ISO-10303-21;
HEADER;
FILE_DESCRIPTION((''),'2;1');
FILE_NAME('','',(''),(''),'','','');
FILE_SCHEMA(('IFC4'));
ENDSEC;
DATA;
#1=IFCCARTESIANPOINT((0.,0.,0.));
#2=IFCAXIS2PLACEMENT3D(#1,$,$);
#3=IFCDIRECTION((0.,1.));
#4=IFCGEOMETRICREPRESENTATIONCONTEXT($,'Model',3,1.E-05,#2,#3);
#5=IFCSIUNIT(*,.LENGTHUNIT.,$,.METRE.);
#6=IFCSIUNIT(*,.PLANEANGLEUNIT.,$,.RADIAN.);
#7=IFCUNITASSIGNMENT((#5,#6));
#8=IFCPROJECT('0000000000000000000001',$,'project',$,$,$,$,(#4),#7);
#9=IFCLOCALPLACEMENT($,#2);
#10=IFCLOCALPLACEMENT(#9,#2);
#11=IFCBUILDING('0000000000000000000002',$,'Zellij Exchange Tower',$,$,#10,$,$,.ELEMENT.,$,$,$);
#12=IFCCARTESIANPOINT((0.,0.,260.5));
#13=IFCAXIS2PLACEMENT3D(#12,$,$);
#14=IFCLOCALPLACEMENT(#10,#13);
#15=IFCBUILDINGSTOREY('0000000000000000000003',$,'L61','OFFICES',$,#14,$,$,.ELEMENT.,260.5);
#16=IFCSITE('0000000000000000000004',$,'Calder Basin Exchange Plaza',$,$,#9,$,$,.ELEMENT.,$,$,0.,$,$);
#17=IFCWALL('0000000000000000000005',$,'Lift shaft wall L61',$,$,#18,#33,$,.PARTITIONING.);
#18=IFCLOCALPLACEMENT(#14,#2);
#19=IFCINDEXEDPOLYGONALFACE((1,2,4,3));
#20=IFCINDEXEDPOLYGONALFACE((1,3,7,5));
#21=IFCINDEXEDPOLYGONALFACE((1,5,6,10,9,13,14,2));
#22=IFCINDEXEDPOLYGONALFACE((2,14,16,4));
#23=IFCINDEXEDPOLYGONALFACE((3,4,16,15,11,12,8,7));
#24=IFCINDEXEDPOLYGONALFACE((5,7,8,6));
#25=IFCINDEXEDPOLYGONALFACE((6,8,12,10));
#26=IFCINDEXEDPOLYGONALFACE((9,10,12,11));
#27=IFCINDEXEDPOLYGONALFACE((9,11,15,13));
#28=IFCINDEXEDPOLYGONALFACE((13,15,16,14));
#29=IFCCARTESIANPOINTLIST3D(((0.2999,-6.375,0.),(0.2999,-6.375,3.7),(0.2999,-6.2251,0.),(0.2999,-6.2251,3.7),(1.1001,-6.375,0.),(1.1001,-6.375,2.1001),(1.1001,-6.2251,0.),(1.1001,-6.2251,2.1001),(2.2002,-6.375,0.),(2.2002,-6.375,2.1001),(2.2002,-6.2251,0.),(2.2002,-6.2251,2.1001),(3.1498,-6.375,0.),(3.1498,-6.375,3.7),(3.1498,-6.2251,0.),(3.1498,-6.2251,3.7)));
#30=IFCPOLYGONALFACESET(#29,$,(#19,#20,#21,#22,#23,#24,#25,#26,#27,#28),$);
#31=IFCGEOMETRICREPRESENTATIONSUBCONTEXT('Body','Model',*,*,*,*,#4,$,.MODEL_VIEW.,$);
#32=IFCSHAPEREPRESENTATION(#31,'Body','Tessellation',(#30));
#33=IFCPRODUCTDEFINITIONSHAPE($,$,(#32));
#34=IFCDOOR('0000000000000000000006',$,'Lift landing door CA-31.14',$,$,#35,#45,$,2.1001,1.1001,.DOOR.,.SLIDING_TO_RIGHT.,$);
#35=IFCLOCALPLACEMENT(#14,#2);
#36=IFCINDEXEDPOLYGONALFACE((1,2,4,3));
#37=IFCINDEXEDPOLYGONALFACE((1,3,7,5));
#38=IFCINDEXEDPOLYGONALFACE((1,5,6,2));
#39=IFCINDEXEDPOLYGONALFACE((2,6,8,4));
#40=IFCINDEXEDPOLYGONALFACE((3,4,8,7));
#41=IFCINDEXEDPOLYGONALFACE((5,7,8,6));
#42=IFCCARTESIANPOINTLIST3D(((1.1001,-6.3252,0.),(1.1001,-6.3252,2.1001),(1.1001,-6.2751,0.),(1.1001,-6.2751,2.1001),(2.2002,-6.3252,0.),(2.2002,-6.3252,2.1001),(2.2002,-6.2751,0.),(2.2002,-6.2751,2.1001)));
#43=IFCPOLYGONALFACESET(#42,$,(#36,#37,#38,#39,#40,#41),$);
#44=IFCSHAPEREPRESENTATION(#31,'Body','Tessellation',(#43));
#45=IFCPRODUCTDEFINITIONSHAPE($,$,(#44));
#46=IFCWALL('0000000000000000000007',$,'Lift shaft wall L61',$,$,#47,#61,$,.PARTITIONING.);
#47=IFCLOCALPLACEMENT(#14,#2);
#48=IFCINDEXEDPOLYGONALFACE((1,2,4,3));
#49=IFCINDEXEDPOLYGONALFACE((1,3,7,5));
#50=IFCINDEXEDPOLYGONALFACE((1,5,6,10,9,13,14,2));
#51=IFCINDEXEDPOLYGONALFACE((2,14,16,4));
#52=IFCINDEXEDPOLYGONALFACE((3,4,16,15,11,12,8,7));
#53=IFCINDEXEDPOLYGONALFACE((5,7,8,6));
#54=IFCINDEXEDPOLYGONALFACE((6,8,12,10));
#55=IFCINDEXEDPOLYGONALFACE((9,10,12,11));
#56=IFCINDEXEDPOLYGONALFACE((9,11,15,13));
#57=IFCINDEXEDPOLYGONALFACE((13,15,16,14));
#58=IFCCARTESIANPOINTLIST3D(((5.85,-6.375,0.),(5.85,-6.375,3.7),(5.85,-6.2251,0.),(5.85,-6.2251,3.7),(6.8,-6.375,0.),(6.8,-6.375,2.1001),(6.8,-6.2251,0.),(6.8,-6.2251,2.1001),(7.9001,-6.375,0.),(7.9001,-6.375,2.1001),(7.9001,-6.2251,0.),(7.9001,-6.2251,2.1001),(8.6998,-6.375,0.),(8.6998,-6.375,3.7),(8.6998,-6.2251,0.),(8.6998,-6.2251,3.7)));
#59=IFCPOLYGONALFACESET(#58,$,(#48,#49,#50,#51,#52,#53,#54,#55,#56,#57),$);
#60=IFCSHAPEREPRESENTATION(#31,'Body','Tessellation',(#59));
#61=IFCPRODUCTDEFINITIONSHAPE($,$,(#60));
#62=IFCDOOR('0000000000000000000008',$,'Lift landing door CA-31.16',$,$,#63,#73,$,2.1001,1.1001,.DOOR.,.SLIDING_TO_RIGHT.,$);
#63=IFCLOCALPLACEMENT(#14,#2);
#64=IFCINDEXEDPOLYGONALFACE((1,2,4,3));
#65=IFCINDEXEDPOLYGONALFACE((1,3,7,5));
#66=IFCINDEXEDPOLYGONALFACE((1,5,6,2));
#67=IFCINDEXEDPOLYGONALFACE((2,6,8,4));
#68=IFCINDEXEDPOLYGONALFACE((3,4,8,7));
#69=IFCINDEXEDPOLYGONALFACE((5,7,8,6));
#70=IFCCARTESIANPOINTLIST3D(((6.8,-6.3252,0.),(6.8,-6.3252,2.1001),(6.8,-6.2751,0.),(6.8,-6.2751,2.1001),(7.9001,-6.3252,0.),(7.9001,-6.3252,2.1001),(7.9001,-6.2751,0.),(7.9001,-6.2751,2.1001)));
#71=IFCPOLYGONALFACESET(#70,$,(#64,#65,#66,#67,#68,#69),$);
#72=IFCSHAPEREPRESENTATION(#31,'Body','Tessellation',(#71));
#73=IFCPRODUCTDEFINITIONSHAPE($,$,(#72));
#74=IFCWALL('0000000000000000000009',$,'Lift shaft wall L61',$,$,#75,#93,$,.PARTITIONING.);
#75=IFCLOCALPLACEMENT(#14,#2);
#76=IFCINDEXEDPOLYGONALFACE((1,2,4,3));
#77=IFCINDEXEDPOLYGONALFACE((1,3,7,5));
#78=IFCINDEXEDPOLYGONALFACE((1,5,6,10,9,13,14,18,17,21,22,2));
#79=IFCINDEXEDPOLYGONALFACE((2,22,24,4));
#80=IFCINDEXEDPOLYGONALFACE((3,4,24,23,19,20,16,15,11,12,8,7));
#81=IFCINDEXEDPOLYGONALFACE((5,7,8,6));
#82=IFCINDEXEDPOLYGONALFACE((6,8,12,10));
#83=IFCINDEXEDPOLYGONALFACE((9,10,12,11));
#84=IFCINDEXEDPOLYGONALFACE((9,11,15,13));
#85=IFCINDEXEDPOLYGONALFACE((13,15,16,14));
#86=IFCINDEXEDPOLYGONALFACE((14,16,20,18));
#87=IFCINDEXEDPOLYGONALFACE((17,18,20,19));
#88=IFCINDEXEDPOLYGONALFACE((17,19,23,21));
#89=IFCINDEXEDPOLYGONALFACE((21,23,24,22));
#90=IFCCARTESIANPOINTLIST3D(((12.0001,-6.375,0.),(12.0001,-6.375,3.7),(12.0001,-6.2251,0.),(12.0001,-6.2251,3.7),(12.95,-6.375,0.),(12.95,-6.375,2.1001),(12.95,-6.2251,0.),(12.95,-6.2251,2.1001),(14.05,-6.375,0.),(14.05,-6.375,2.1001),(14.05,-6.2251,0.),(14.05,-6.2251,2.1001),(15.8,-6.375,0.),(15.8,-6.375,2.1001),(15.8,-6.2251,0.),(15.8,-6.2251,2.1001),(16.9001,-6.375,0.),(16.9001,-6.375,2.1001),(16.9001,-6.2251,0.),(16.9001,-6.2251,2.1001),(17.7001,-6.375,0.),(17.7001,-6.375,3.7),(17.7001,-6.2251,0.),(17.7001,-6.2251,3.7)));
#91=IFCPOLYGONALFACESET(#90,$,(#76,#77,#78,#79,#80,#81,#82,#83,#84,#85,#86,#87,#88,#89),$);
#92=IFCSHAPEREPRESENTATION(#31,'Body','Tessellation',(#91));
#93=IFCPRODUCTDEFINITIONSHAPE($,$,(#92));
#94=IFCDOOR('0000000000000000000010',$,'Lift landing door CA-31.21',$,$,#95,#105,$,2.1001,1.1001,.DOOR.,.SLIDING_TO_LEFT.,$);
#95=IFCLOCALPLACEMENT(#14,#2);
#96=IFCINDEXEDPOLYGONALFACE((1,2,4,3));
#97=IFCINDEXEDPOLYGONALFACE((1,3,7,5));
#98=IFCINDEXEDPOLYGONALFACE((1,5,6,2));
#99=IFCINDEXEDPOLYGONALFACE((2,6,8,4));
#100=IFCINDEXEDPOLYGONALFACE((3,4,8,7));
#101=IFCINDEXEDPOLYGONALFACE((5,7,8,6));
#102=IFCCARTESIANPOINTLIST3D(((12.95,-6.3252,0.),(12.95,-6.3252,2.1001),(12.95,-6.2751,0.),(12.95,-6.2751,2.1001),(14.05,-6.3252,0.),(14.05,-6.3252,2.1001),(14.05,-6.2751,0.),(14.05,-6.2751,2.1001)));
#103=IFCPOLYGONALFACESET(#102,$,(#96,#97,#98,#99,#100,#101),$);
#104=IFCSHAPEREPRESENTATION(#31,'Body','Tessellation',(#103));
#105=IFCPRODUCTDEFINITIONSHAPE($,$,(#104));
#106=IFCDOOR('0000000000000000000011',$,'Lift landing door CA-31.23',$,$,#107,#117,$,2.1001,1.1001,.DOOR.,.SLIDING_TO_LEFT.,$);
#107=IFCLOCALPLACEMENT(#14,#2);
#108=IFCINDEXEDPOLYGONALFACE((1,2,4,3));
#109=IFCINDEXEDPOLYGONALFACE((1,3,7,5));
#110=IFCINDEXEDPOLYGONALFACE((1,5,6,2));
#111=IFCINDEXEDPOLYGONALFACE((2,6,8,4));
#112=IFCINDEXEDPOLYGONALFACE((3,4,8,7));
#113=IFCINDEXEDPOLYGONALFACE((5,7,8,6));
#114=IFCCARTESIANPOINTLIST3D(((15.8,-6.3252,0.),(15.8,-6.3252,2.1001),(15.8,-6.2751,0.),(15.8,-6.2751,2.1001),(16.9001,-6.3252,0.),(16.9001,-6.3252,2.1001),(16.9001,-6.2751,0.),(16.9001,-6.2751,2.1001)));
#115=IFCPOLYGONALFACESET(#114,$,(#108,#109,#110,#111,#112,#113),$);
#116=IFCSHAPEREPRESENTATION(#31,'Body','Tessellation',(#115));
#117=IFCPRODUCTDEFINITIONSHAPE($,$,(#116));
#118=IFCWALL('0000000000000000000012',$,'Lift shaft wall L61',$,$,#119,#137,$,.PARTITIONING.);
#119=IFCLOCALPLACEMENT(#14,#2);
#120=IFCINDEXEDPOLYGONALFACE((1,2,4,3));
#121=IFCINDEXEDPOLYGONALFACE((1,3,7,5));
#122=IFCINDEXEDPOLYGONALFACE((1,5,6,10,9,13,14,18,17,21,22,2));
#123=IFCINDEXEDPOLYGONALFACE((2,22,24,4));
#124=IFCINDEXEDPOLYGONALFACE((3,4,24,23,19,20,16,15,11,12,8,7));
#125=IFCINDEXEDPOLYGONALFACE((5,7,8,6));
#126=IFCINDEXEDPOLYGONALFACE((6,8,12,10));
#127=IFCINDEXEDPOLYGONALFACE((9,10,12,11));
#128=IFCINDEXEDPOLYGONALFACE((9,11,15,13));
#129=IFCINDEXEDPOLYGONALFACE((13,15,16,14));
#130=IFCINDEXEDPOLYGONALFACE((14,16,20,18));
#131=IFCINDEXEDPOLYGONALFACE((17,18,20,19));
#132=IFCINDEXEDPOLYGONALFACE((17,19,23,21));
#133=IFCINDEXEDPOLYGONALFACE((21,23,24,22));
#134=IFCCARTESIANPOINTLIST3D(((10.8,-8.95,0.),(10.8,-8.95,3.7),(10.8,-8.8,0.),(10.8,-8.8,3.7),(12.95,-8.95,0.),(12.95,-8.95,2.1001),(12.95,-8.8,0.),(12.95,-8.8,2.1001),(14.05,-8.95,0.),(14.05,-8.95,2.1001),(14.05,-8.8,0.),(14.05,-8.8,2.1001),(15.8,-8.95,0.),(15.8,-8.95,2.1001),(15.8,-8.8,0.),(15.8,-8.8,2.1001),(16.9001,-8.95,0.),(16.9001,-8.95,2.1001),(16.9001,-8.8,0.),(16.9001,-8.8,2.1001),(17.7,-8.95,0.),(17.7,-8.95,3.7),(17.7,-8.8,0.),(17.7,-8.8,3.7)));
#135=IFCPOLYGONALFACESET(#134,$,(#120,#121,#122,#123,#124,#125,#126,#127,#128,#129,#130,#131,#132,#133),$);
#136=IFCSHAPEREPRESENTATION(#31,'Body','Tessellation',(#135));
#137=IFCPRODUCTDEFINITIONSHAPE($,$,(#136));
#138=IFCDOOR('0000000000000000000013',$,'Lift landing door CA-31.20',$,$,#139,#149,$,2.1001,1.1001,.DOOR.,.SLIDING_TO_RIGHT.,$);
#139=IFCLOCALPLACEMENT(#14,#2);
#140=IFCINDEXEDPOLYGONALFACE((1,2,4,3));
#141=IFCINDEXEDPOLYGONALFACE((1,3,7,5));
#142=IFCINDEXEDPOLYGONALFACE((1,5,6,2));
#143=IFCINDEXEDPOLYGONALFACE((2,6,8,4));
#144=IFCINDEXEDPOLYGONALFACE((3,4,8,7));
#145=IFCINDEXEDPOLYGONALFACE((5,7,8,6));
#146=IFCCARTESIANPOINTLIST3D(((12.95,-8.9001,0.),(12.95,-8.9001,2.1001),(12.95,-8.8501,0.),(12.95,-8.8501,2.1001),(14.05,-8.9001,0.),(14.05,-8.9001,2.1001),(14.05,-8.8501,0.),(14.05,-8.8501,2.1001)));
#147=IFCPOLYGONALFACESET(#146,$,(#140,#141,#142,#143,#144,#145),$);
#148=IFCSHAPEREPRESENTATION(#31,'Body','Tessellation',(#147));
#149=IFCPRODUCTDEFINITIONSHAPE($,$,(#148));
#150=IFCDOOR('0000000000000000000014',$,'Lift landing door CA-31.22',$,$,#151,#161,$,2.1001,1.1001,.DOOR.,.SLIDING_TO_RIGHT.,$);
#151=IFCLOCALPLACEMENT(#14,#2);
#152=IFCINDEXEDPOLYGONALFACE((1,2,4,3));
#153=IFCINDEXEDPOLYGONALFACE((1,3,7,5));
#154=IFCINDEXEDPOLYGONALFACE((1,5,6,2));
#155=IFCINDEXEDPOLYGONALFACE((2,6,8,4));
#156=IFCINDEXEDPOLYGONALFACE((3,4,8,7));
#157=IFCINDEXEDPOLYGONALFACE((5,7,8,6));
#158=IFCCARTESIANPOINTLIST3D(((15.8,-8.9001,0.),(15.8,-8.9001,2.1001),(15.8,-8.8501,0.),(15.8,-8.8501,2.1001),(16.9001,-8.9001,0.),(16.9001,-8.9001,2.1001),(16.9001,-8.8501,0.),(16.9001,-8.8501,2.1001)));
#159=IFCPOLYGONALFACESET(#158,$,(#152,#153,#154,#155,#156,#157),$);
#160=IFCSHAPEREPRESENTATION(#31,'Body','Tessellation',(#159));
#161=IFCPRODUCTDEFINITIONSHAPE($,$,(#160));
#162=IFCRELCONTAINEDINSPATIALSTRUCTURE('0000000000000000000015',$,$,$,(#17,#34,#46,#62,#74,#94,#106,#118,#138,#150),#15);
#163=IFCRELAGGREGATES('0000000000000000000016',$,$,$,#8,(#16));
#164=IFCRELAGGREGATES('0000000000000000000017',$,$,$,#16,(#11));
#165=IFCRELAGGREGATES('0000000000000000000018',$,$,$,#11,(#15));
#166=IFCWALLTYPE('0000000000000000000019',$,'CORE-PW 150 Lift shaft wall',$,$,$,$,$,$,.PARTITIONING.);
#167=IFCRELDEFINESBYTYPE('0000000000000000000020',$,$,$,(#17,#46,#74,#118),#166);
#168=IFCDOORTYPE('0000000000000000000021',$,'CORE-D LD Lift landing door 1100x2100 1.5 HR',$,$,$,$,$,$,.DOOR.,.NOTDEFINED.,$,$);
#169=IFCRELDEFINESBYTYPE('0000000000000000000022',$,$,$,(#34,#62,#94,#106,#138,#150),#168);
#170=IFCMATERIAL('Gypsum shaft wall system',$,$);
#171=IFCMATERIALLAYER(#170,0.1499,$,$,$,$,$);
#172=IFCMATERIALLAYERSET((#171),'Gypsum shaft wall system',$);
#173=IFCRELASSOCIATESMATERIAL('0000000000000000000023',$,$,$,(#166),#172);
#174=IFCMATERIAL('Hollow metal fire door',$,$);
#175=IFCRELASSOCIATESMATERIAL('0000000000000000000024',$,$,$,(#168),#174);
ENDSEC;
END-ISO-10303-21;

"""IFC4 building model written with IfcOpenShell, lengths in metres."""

from ifc_helpers import new_model, si_unit, direction, frame, frame_2d, origin, place, context, subcontext, project, spatial, rectangle, extrude, material, layer, layer_set, type_object, element, fill, save


model = new_model("IFC4")

# Units and contexts
model_context = context("Model", 3, precision=1e-05, world=origin(), true_north=direction((0.0, 1.0)))
body_context = subcontext(model_context, "Body", "Model", "MODEL_VIEW")
ifc_project = project(units=[si_unit("LENGTHUNIT", "METRE"), si_unit("PLANEANGLEUNIT", "RADIAN")], contexts=[model_context])

# Site, building, storey
site_placement = place(None, origin())
site = spatial("IfcSite", under=ifc_project, at=site_placement, Name="Calder Basin Exchange Plaza", CompositionType="ELEMENT", RefElevation=0.0)
building_placement = place(site_placement, origin())
building = spatial("IfcBuilding", under=site, at=building_placement, Name="Zellij Exchange Tower", CompositionType="ELEMENT")
storey_placement = place(building_placement, frame((0.0, 0.0, 260.5)))
storey = spatial("IfcBuildingStorey", under=building, at=storey_placement, Name="L61", Description="OFFICES", CompositionType="ELEMENT", Elevation=260.5)

# Shared definitions
ifc_material_1 = material(Name="Gypsum shaft wall system")
ifc_material_2 = material(Name="Hollow metal fire door")

# Shared definitions
ifc_layer_1 = layer(ifc_material_1, 0.1499)
ifc_layer_set_1 = layer_set([ifc_layer_1], Name="Gypsum shaft wall system")
wall_type_1 = type_object("IfcWallType", Name="CORE-PW 150 Lift shaft wall", PredefinedType="PARTITIONING", material=ifc_layer_set_1)

# Walls, openings, doors
wall_1_placement = place(storey_placement, frame((0.3, -6.3, 0.0), z_axis=(0.0, 0.0, 1.0), x_axis=(1.0, 0.0, 0.0)))
wall_1 = element("IfcWall", 1, at=wall_1_placement, inside=storey, type_object=wall_type_1, Name="Lift shaft wall L61", PredefinedType="PARTITIONING", context=body_context, shape_type="SweptSolid", body=[
    extrude(rectangle(XDim=2.8499, YDim=0.1499, at=frame_2d((1.4248, 0.0))), origin(), (0.0, 0.0, 1.0), 3.7),
])
opening_1_placement = place(wall_1_placement, frame((0.8, 0.0, 0.0)))
opening_1 = element("IfcOpeningElement", 2, at=opening_1_placement, cuts=wall_1, PredefinedType="OPENING", context=body_context, shape_type="SweptSolid", body=[
    extrude(rectangle(XDim=1.1001, YDim=2.1001, at=frame_2d((0.55, 1.05))), frame((0.0, 0.0869, 0.0), z_axis=(0.0, -1.0, 0.0), x_axis=(1.0, 0.0, 0.0)), (0.0, 0.0, 1.0), 0.1738),
])
door_type_1 = type_object("IfcDoorType", Name="CORE-D LD Lift landing door 1100x2100 1.5 HR", OperationType="NOTDEFINED", PredefinedType="DOOR", material=ifc_material_2)
door_1_placement = place(opening_1_placement, origin())
door_1 = element("IfcDoor", 3, at=door_1_placement, inside=storey, type_object=door_type_1, Name="Lift landing door CA-31.14", OperationType="SLIDING_TO_RIGHT", OverallHeight=2.1001, OverallWidth=1.1001, PredefinedType="DOOR", context=body_context, shape_type="SweptSolid", body=[
    extrude(rectangle(XDim=1.1001, YDim=2.1001, at=frame_2d((0.55, 1.05))), frame((0.0, 0.0249, 0.0), z_axis=(0.0, -1.0, 0.0), x_axis=(1.0, 0.0, 0.0)), (0.0, 0.0, 1.0), 0.05),
])
fill(opening_1, door_1)
wall_2_placement = place(storey_placement, frame((5.8501, -6.3, 0.0), z_axis=(0.0, 0.0, 1.0), x_axis=(1.0, 0.0, 0.0)))
wall_2 = element("IfcWall", 4, at=wall_2_placement, inside=storey, type_object=wall_type_1, Name="Lift shaft wall L61", PredefinedType="PARTITIONING", context=body_context, shape_type="SweptSolid", body=[
    extrude(rectangle(XDim=2.8499, YDim=0.1499, at=frame_2d((1.4248, 0.0))), origin(), (0.0, 0.0, 1.0), 3.7),
])
opening_2_placement = place(wall_2_placement, frame((0.95, 0.0, 0.0)))
opening_2 = element("IfcOpeningElement", 5, at=opening_2_placement, cuts=wall_2, PredefinedType="OPENING", context=body_context, shape_type="SweptSolid", body=[
    extrude(rectangle(XDim=1.1001, YDim=2.1001, at=frame_2d((0.55, 1.05))), frame((0.0, 0.0869, 0.0), z_axis=(0.0, -1.0, 0.0), x_axis=(1.0, 0.0, 0.0)), (0.0, 0.0, 1.0), 0.1738),
])
door_2_placement = place(opening_2_placement, origin())
door_2 = element("IfcDoor", 6, at=door_2_placement, inside=storey, type_object=door_type_1, Name="Lift landing door CA-31.16", OperationType="SLIDING_TO_RIGHT", OverallHeight=2.1001, OverallWidth=1.1001, PredefinedType="DOOR", context=body_context, shape_type="SweptSolid", body=[
    extrude(rectangle(XDim=1.1001, YDim=2.1001, at=frame_2d((0.55, 1.05))), frame((0.0, 0.0249, 0.0), z_axis=(0.0, -1.0, 0.0), x_axis=(1.0, 0.0, 0.0)), (0.0, 0.0, 1.0), 0.05),
])
fill(opening_2, door_2)

# Walls, openings, doors
wall_3_placement = place(storey_placement, frame((12.0, -6.3, 0.0), z_axis=(0.0, 0.0, 1.0), x_axis=(1.0, 0.0, 0.0)))
wall_3 = element("IfcWall", 7, at=wall_3_placement, inside=storey, type_object=wall_type_1, Name="Lift shaft wall L61", PredefinedType="PARTITIONING", context=body_context, shape_type="SweptSolid", body=[
    extrude(rectangle(XDim=5.7, YDim=0.1499, at=frame_2d((2.8501, 0.0))), origin(), (0.0, 0.0, 1.0), 3.7),
])
opening_3_placement = place(wall_3_placement, frame((0.95, 0.0, 0.0)))
opening_3 = element("IfcOpeningElement", 8, at=opening_3_placement, cuts=wall_3, PredefinedType="OPENING", context=body_context, shape_type="SweptSolid", body=[
    extrude(rectangle(XDim=1.1001, YDim=2.1001, at=frame_2d((0.55, 1.05))), frame((0.0, 0.0869, 0.0), z_axis=(0.0, -1.0, 0.0), x_axis=(1.0, 0.0, 0.0)), (0.0, 0.0, 1.0), 0.1738),
])
opening_4_placement = place(wall_3_placement, frame((3.8, 0.0, 0.0)))
opening_4 = element("IfcOpeningElement", 9, at=opening_4_placement, cuts=wall_3, PredefinedType="OPENING", context=body_context, shape_type="SweptSolid", body=[
    extrude(rectangle(XDim=1.1001, YDim=2.1001, at=frame_2d((0.55, 1.05))), frame((0.0, 0.0869, 0.0), z_axis=(0.0, -1.0, 0.0), x_axis=(1.0, 0.0, 0.0)), (0.0, 0.0, 1.0), 0.1738),
])
door_3_placement = place(opening_3_placement, origin())
door_3 = element("IfcDoor", 10, at=door_3_placement, inside=storey, type_object=door_type_1, Name="Lift landing door CA-31.21", OperationType="SLIDING_TO_LEFT", OverallHeight=2.1001, OverallWidth=1.1001, PredefinedType="DOOR", context=body_context, shape_type="SweptSolid", body=[
    extrude(rectangle(XDim=1.1001, YDim=2.1001, at=frame_2d((0.55, 1.05))), frame((0.0, 0.0249, 0.0), z_axis=(0.0, -1.0, 0.0), x_axis=(1.0, 0.0, 0.0)), (0.0, 0.0, 1.0), 0.05),
])
fill(opening_3, door_3)
door_4_placement = place(opening_4_placement, origin())
door_4 = element("IfcDoor", 11, at=door_4_placement, inside=storey, type_object=door_type_1, Name="Lift landing door CA-31.23", OperationType="SLIDING_TO_LEFT", OverallHeight=2.1001, OverallWidth=1.1001, PredefinedType="DOOR", context=body_context, shape_type="SweptSolid", body=[
    extrude(rectangle(XDim=1.1001, YDim=2.1001, at=frame_2d((0.55, 1.05))), frame((0.0, 0.0249, 0.0), z_axis=(0.0, -1.0, 0.0), x_axis=(1.0, 0.0, 0.0)), (0.0, 0.0, 1.0), 0.05),
])
fill(opening_4, door_4)
wall_4_placement = place(storey_placement, frame((10.8, -8.875, 0.0), z_axis=(0.0, 0.0, 1.0), x_axis=(1.0, 0.0, 0.0)))
wall_4 = element("IfcWall", 12, at=wall_4_placement, inside=storey, type_object=wall_type_1, Name="Lift shaft wall L61", PredefinedType="PARTITIONING", context=body_context, shape_type="SweptSolid", body=[
    extrude(rectangle(XDim=6.8999, YDim=0.1499, at=frame_2d((3.45, 0.0))), origin(), (0.0, 0.0, 1.0), 3.7),
])
opening_5_placement = place(wall_4_placement, frame((2.1499, 0.0, 0.0)))
opening_5 = element("IfcOpeningElement", 13, at=opening_5_placement, cuts=wall_4, PredefinedType="OPENING", context=body_context, shape_type="SweptSolid", body=[
    extrude(rectangle(XDim=1.1001, YDim=2.1001, at=frame_2d((0.55, 1.05))), frame((0.0, 0.0869, 0.0), z_axis=(0.0, -1.0, 0.0), x_axis=(1.0, 0.0, 0.0)), (0.0, 0.0, 1.0), 0.1738),
])
opening_6_placement = place(wall_4_placement, frame((5.0, 0.0, 0.0)))
opening_6 = element("IfcOpeningElement", 14, at=opening_6_placement, cuts=wall_4, PredefinedType="OPENING", context=body_context, shape_type="SweptSolid", body=[
    extrude(rectangle(XDim=1.1001, YDim=2.1001, at=frame_2d((0.55, 1.05))), frame((0.0, 0.0869, 0.0), z_axis=(0.0, -1.0, 0.0), x_axis=(1.0, 0.0, 0.0)), (0.0, 0.0, 1.0), 0.1738),
])
door_5_placement = place(opening_5_placement, origin())
door_5 = element("IfcDoor", 15, at=door_5_placement, inside=storey, type_object=door_type_1, Name="Lift landing door CA-31.20", OperationType="SLIDING_TO_RIGHT", OverallHeight=2.1001, OverallWidth=1.1001, PredefinedType="DOOR", context=body_context, shape_type="SweptSolid", body=[
    extrude(rectangle(XDim=1.1001, YDim=2.1001, at=frame_2d((0.55, 1.05))), frame((0.0, 0.0249, 0.0), z_axis=(0.0, -1.0, 0.0), x_axis=(1.0, 0.0, 0.0)), (0.0, 0.0, 1.0), 0.05),
])
fill(opening_5, door_5)
door_6_placement = place(opening_6_placement, origin())
door_6 = element("IfcDoor", 16, at=door_6_placement, inside=storey, type_object=door_type_1, Name="Lift landing door CA-31.22", OperationType="SLIDING_TO_RIGHT", OverallHeight=2.1001, OverallWidth=1.1001, PredefinedType="DOOR", context=body_context, shape_type="SweptSolid", body=[
    extrude(rectangle(XDim=1.1001, YDim=2.1001, at=frame_2d((0.55, 1.05))), frame((0.0, 0.0249, 0.0), z_axis=(0.0, -1.0, 0.0), x_axis=(1.0, 0.0, 0.0)), (0.0, 0.0, 1.0), 0.05),
])
fill(opening_6, door_6)

save(model, "model.ifc")
